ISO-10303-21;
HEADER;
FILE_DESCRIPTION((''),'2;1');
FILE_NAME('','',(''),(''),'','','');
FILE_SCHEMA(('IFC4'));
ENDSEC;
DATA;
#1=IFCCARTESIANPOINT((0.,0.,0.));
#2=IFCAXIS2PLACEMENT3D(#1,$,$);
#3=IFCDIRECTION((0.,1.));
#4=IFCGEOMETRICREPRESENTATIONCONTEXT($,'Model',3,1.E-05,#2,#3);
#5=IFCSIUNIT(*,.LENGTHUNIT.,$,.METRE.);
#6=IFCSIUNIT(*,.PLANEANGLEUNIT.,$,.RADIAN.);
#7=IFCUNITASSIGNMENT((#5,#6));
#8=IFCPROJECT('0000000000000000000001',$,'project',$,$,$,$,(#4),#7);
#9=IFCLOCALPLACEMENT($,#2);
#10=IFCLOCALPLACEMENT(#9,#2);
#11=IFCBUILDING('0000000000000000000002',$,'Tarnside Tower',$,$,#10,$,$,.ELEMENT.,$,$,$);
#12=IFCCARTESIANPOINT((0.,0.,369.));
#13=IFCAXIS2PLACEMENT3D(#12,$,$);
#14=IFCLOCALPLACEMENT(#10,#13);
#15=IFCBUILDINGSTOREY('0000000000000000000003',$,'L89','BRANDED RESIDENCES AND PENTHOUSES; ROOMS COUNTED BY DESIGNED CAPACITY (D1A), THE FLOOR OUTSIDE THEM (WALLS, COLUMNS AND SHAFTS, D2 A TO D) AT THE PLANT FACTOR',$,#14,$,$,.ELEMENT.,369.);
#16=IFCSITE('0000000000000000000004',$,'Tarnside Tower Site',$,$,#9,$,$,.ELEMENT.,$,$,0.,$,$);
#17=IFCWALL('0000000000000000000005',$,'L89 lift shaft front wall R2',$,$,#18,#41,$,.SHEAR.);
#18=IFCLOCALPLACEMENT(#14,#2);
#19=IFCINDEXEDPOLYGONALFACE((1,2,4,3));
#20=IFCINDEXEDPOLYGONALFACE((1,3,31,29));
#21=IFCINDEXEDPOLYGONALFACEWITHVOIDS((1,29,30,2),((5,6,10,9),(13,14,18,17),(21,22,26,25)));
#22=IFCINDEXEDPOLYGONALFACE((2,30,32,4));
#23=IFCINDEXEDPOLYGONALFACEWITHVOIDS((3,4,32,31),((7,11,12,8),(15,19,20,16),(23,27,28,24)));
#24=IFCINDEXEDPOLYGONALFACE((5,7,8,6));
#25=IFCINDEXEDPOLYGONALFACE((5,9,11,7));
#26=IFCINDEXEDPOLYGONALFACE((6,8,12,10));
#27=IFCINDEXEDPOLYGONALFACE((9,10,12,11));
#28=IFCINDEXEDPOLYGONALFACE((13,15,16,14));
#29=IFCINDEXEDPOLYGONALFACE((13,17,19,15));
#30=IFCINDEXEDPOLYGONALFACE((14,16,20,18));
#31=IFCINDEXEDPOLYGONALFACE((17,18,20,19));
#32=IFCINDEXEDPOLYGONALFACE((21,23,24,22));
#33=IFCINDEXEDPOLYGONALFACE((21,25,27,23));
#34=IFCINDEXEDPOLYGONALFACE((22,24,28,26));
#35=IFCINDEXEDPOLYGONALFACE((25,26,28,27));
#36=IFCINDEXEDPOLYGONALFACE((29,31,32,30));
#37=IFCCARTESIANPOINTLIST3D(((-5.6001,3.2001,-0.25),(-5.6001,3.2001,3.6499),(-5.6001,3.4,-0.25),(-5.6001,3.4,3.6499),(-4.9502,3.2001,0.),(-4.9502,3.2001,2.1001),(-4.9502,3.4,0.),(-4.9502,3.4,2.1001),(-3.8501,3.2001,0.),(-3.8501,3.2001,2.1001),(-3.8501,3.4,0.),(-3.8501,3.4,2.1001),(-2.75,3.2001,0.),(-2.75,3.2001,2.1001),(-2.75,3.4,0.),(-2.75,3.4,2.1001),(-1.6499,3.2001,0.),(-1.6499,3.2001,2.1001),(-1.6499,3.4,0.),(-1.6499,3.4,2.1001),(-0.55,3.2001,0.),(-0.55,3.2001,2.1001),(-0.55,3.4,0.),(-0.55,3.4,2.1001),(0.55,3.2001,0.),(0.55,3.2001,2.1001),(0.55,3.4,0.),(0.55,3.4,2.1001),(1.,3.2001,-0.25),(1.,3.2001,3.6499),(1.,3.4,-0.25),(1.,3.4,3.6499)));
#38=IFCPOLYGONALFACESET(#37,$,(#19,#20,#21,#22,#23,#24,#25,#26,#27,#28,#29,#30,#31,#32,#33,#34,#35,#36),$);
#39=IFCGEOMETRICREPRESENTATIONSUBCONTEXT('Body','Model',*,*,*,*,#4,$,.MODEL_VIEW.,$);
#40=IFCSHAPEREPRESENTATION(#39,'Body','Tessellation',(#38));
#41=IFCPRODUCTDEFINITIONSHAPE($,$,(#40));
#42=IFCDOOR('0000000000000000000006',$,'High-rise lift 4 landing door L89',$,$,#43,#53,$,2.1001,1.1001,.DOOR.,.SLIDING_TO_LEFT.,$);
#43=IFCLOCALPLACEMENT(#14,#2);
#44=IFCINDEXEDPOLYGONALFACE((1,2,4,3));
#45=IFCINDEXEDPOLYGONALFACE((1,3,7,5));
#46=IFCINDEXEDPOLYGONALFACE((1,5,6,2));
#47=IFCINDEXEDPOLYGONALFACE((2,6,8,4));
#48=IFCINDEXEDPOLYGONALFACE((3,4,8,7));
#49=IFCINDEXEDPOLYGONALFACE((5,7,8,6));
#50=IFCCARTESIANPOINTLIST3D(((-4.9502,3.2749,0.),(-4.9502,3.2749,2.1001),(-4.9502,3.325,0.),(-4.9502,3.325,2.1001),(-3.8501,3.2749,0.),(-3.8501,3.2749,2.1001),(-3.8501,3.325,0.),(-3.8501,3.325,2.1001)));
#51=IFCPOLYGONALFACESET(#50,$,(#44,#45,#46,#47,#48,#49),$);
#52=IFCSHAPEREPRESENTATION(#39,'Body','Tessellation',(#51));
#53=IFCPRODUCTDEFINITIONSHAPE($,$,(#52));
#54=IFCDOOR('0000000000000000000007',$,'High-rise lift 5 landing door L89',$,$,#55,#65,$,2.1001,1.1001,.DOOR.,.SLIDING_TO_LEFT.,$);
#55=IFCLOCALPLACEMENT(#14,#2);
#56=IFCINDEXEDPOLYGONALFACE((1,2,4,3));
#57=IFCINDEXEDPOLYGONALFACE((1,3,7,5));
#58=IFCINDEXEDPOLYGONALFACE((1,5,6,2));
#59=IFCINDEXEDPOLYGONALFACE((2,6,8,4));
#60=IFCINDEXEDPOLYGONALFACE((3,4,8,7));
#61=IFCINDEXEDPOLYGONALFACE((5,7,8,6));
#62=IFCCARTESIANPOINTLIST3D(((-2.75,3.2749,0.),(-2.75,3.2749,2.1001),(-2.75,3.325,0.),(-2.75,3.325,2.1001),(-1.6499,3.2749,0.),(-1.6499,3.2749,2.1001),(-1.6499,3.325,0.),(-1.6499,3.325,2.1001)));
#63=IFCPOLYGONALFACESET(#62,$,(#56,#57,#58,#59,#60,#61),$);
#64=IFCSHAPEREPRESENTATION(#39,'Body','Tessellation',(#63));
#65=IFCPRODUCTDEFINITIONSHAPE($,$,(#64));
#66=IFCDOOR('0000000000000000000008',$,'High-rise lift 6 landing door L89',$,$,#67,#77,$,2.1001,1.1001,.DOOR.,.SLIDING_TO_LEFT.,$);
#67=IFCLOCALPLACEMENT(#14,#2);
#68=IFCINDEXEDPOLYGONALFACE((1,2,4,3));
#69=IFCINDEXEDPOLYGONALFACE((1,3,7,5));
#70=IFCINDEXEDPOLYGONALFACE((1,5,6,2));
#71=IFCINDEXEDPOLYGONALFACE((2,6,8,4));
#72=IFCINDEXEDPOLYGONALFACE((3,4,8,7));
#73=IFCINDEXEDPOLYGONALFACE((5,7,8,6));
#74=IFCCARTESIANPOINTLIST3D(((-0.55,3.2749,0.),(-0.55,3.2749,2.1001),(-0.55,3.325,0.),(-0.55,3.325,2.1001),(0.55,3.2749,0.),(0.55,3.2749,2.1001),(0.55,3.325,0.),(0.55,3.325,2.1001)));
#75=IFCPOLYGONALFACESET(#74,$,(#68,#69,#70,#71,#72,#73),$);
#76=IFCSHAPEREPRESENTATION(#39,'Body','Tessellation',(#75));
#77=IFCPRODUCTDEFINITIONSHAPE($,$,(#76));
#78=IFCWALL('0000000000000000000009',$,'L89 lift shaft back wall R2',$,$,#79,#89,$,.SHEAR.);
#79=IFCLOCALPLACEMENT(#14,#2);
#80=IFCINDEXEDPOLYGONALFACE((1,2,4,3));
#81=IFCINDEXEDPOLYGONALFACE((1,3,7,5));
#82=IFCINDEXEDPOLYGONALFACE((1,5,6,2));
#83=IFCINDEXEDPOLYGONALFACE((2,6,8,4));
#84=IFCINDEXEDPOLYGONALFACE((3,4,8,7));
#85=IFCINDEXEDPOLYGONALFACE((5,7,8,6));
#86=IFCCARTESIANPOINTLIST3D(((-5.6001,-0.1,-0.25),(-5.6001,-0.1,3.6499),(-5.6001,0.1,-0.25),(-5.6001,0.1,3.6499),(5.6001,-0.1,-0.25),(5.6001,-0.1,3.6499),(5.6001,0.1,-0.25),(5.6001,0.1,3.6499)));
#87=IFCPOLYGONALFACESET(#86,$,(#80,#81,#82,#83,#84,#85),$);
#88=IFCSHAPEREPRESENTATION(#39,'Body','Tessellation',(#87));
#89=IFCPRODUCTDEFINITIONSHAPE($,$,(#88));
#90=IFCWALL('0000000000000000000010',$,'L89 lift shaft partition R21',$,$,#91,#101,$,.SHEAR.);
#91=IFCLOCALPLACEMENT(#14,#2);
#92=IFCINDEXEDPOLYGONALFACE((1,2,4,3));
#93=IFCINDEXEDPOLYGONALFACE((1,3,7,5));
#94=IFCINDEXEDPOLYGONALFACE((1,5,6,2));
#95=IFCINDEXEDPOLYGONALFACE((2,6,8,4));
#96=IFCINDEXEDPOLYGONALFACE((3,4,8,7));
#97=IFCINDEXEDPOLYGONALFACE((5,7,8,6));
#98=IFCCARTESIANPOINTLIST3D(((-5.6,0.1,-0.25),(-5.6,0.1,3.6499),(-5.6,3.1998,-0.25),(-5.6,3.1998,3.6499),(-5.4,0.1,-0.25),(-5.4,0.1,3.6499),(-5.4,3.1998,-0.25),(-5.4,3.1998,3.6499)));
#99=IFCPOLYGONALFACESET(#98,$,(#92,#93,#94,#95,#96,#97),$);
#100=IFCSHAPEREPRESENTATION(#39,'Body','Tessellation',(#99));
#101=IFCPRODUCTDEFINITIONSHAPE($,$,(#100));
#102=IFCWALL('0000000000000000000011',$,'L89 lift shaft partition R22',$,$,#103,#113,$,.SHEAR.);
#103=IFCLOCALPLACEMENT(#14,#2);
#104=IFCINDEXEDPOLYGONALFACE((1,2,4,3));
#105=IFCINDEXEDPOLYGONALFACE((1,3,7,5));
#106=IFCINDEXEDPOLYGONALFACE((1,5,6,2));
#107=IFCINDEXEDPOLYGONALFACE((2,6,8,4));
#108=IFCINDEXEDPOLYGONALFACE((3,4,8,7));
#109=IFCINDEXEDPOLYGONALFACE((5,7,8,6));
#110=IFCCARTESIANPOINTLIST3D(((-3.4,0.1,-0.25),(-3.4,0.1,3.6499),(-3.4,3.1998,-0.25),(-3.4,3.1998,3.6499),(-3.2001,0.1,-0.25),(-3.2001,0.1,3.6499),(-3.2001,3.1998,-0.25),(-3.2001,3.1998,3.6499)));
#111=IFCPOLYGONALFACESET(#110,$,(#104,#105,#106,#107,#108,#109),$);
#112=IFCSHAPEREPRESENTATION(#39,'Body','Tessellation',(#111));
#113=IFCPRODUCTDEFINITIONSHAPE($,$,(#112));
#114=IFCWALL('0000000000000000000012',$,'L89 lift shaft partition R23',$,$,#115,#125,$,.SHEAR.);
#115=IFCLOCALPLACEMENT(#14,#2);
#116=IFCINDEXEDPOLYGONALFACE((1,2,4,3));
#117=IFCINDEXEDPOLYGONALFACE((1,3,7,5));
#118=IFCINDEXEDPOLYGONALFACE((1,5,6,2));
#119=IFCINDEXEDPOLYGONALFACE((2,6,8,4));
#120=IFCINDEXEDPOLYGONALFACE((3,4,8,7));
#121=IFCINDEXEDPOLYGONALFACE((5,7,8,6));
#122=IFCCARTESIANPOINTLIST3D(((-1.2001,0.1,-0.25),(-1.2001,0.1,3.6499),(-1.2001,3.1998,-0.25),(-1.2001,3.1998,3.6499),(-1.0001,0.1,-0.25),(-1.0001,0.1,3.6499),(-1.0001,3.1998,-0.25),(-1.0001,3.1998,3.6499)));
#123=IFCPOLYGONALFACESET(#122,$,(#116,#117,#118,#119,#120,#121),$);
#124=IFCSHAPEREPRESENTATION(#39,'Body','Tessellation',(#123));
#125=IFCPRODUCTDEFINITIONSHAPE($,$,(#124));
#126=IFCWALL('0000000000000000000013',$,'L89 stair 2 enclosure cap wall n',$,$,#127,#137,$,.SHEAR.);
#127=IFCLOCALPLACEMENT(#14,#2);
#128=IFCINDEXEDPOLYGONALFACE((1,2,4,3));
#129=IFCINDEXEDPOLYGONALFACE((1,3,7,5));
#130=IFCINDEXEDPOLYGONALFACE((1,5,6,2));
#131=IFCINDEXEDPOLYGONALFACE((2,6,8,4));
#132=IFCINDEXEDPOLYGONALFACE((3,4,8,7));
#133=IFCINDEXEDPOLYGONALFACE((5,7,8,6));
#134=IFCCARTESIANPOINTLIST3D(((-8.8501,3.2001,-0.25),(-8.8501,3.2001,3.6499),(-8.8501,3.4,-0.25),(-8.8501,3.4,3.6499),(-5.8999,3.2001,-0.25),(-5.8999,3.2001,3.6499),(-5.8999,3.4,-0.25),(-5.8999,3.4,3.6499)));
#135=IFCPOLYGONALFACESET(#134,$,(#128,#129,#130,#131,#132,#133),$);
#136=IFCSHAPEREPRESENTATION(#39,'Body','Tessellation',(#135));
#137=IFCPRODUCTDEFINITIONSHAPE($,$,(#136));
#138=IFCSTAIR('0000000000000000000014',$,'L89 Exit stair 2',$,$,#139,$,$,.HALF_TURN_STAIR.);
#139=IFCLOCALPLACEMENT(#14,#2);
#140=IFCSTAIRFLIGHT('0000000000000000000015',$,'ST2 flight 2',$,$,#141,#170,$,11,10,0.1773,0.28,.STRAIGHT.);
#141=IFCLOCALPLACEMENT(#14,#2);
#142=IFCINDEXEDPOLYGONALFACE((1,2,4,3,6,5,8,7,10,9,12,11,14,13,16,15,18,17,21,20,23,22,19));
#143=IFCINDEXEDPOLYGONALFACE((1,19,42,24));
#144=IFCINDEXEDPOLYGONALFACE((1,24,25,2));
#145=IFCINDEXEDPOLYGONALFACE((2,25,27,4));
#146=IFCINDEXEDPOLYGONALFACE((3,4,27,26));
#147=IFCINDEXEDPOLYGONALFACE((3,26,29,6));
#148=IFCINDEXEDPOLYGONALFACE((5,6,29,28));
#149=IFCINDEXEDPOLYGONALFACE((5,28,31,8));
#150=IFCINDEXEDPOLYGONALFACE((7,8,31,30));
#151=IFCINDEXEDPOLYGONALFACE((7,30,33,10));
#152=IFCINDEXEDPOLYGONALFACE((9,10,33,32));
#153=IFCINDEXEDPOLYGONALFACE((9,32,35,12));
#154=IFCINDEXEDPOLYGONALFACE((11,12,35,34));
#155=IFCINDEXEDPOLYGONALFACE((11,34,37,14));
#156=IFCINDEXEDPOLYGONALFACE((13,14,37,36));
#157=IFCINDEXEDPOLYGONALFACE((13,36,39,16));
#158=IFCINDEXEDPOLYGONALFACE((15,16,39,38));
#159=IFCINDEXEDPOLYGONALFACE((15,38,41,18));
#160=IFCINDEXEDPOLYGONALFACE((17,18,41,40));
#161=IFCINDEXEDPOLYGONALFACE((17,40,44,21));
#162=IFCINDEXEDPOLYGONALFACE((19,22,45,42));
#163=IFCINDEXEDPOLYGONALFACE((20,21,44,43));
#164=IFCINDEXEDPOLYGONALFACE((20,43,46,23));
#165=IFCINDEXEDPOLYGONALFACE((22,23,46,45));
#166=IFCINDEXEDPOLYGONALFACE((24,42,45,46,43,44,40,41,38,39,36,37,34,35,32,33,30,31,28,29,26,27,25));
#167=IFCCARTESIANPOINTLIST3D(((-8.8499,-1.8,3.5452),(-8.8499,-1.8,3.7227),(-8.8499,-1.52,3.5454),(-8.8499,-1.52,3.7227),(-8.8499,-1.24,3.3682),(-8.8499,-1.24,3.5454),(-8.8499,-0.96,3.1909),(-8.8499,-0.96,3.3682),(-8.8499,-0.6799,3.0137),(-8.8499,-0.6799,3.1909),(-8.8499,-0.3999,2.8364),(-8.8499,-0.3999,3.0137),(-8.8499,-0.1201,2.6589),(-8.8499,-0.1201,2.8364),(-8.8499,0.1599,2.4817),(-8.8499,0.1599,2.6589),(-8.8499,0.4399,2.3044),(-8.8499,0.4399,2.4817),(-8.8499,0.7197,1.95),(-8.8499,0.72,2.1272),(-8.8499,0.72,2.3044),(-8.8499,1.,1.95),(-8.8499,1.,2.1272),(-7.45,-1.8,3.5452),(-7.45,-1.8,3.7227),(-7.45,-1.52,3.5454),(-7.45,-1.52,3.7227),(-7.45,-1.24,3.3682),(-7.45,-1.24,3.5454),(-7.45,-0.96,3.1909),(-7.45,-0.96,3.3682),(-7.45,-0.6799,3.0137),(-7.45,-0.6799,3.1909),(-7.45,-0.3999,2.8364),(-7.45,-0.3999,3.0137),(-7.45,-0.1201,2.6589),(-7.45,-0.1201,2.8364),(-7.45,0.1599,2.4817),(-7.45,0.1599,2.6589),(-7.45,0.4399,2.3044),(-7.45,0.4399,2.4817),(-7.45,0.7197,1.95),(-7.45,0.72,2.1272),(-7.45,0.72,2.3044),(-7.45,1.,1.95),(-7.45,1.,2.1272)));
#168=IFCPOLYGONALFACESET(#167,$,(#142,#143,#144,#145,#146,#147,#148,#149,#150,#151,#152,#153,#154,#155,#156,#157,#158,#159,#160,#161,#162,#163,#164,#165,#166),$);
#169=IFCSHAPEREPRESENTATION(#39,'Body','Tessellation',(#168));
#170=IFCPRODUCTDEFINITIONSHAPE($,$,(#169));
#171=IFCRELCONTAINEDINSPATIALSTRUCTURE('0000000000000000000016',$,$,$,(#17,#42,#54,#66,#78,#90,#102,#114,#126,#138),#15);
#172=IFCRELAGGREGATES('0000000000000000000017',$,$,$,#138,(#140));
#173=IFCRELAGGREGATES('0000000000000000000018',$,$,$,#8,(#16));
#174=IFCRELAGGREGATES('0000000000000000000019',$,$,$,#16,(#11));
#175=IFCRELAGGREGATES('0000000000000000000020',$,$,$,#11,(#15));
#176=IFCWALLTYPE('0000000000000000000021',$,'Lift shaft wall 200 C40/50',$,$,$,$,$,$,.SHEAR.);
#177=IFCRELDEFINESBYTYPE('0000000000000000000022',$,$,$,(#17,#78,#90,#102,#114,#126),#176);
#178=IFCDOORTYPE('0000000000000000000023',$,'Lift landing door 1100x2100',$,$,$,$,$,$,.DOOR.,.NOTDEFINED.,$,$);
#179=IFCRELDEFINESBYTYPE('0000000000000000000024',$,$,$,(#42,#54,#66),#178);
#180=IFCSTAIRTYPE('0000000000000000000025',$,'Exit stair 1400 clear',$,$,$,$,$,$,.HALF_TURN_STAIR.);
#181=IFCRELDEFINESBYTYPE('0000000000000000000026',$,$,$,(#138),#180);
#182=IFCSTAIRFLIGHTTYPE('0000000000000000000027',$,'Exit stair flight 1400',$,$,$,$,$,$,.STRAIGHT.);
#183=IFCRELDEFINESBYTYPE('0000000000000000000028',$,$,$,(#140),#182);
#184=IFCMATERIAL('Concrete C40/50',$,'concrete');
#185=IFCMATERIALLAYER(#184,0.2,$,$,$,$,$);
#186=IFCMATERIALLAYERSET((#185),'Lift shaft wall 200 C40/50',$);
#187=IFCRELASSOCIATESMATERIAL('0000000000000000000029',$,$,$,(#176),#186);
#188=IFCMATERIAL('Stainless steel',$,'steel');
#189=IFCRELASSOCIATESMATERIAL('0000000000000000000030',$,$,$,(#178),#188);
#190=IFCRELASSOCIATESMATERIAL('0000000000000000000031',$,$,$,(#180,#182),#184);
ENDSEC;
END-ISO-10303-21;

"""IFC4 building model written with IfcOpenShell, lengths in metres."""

from ifc_helpers import new_model, si_unit, direction, frame, frame_2d, origin, place, context, subcontext, project, spatial, polyline, rectangle, outline, extrude, material, layer, layer_set, type_object, element, fill, aggregate, save


model = new_model("IFC4")

# Units and contexts
model_context = context("Model", 3, precision=1e-05, world=origin(), true_north=direction((0.0, 1.0)))
body_context = subcontext(model_context, "Body", "Model", "MODEL_VIEW")
ifc_project = project(units=[si_unit("LENGTHUNIT", "METRE"), si_unit("PLANEANGLEUNIT", "RADIAN")], contexts=[model_context])

# Site, building, storey
site_placement = place(None, origin())
site = spatial("IfcSite", under=ifc_project, at=site_placement, Name="Tarnside Tower Site", CompositionType="ELEMENT", RefElevation=0.0)
building_placement = place(site_placement, origin())
building = spatial("IfcBuilding", under=site, at=building_placement, Name="Tarnside Tower", CompositionType="ELEMENT")
storey_placement = place(building_placement, frame((0.0, 0.0, 369.0)))
storey = spatial("IfcBuildingStorey", under=building, at=storey_placement, Name="L89", Description="BRANDED RESIDENCES AND PENTHOUSES; ROOMS COUNTED BY DESIGNED CAPACITY (D1A), THE FLOOR OUTSIDE THEM (WALLS, COLUMNS AND SHAFTS, D2 A TO D) AT THE PLANT FACTOR", CompositionType="ELEMENT", Elevation=369.0)

# Wall, openings, doors
ifc_material_1 = material(Name="Concrete C40/50", Category="concrete")
ifc_layer_1 = layer(ifc_material_1, 0.2)
ifc_layer_set_1 = layer_set([ifc_layer_1], Name="Lift shaft wall 200 C40/50")
wall_type_1 = type_object("IfcWallType", Name="Lift shaft wall 200 C40/50", PredefinedType="SHEAR", material=ifc_layer_set_1)
wall_1_placement = place(storey_placement, frame((-5.6001, 3.3, -0.25), z_axis=(0.0, 0.0, 1.0), x_axis=(1.0, 0.0, 0.0)))
wall_1 = element("IfcWall", 1, at=wall_1_placement, inside=storey, type_object=wall_type_1, Name="L89 lift shaft front wall R2", PredefinedType="SHEAR", context=body_context, shape_type="SweptSolid", body=[
    extrude(rectangle(XDim=6.6001, YDim=0.2, at=frame_2d((3.3, 0.0))), origin(), (0.0, 0.0, 1.0), 3.8999),
])
opening_1_placement = place(wall_1_placement, frame((0.6499, 0.0, 0.25)))
opening_1 = element("IfcOpeningElement", 2, at=opening_1_placement, cuts=wall_1, PredefinedType="OPENING", context=body_context, shape_type="SweptSolid", body=[
    extrude(rectangle(XDim=1.1001, YDim=2.1001, at=frame_2d((0.55, 1.05))), frame((0.0, 0.1099, 0.0), z_axis=(0.0, -1.0, 0.0), x_axis=(1.0, 0.0, 0.0)), (0.0, 0.0, 1.0), 0.22),
])
opening_2_placement = place(wall_1_placement, frame((2.8501, 0.0, 0.25)))
opening_2 = element("IfcOpeningElement", 3, at=opening_2_placement, cuts=wall_1, PredefinedType="OPENING", context=body_context, shape_type="SweptSolid", body=[
    extrude(rectangle(XDim=1.1001, YDim=2.1001, at=frame_2d((0.55, 1.05))), frame((0.0, 0.1099, 0.0), z_axis=(0.0, -1.0, 0.0), x_axis=(1.0, 0.0, 0.0)), (0.0, 0.0, 1.0), 0.22),
])
opening_3_placement = place(wall_1_placement, frame((5.05, 0.0, 0.25)))
opening_3 = element("IfcOpeningElement", 4, at=opening_3_placement, cuts=wall_1, PredefinedType="OPENING", context=body_context, shape_type="SweptSolid", body=[
    extrude(rectangle(XDim=1.1001, YDim=2.1001, at=frame_2d((0.55, 1.05))), frame((0.0, 0.1099, 0.0), z_axis=(0.0, -1.0, 0.0), x_axis=(1.0, 0.0, 0.0)), (0.0, 0.0, 1.0), 0.22),
])
ifc_material_2 = material(Name="Stainless steel", Category="steel")
door_type_1 = type_object("IfcDoorType", Name="Lift landing door 1100x2100", OperationType="NOTDEFINED", PredefinedType="DOOR", material=ifc_material_2)
door_1_placement = place(opening_1_placement, origin())
door_1 = element("IfcDoor", 5, at=door_1_placement, inside=storey, type_object=door_type_1, Name="High-rise lift 4 landing door L89", OperationType="SLIDING_TO_LEFT", OverallHeight=2.1001, OverallWidth=1.1001, PredefinedType="DOOR", context=body_context, shape_type="SweptSolid", body=[
    extrude(rectangle(XDim=1.1001, YDim=2.1001, at=frame_2d((0.55, 1.05))), frame((0.0, 0.0249, 0.0), z_axis=(0.0, -1.0, 0.0), x_axis=(1.0, 0.0, 0.0)), (0.0, 0.0, 1.0), 0.05),
])
fill(opening_1, door_1)
door_2_placement = place(opening_2_placement, origin())
door_2 = element("IfcDoor", 6, at=door_2_placement, inside=storey, type_object=door_type_1, Name="High-rise lift 5 landing door L89", OperationType="SLIDING_TO_LEFT", OverallHeight=2.1001, OverallWidth=1.1001, PredefinedType="DOOR", context=body_context, shape_type="SweptSolid", body=[
    extrude(rectangle(XDim=1.1001, YDim=2.1001, at=frame_2d((0.55, 1.05))), frame((0.0, 0.0249, 0.0), z_axis=(0.0, -1.0, 0.0), x_axis=(1.0, 0.0, 0.0)), (0.0, 0.0, 1.0), 0.05),
])
fill(opening_2, door_2)
door_3_placement = place(opening_3_placement, origin())
door_3 = element("IfcDoor", 7, at=door_3_placement, inside=storey, type_object=door_type_1, Name="High-rise lift 6 landing door L89", OperationType="SLIDING_TO_LEFT", OverallHeight=2.1001, OverallWidth=1.1001, PredefinedType="DOOR", context=body_context, shape_type="SweptSolid", body=[
    extrude(rectangle(XDim=1.1001, YDim=2.1001, at=frame_2d((0.55, 1.05))), frame((0.0, 0.0249, 0.0), z_axis=(0.0, -1.0, 0.0), x_axis=(1.0, 0.0, 0.0)), (0.0, 0.0, 1.0), 0.05),
])
fill(opening_3, door_3)

# Walls
wall_2_placement = place(storey_placement, frame((-5.6001, 0.0, -0.25), z_axis=(0.0, 0.0, 1.0), x_axis=(1.0, 0.0, 0.0)))
element("IfcWall", 8, at=wall_2_placement, inside=storey, type_object=wall_type_1, Name="L89 lift shaft back wall R2", PredefinedType="SHEAR", context=body_context, shape_type="SweptSolid", body=[
    extrude(rectangle(XDim=11.2002, YDim=0.2, at=frame_2d((5.6001, 0.0))), origin(), (0.0, 0.0, 1.0), 3.8999),
])
for number, where, z_axis, x_axis, name in (
    (9, (-5.5, 0.1001, -0.25), (0.0, 0.0, 1.0), (0.0, 1.0, 0.0), "L89 lift shaft partition R21"),
    (10, (-3.3, 0.1001, -0.25), (0.0, 0.0, 1.0), (0.0, 1.0, 0.0), "L89 lift shaft partition R22"),
    (11, (-1.1001, 0.1001, -0.25), (0.0, 0.0, 1.0), (0.0, 1.0, 0.0), "L89 lift shaft partition R23"),
):
    element("IfcWall", number, at=place(storey_placement, frame(where, z_axis=z_axis, x_axis=x_axis)), inside=storey, type_object=wall_type_1, Name=name, PredefinedType="SHEAR", context=body_context, shape_type="SweptSolid", body=[
        extrude(rectangle(XDim=3.0999, YDim=0.2, at=frame_2d((1.5498, 0.0))), origin(), (0.0, 0.0, 1.0), 3.8999),
    ])
wall_3_placement = place(storey_placement, frame((-8.8501, 3.3, -0.25), z_axis=(0.0, 0.0, 1.0), x_axis=(1.0, 0.0, 0.0)))
element("IfcWall", 12, at=wall_3_placement, inside=storey, type_object=wall_type_1, Name="L89 stair 2 enclosure cap wall n", PredefinedType="SHEAR", context=body_context, shape_type="SweptSolid", body=[
    extrude(rectangle(XDim=2.9502, YDim=0.2, at=frame_2d((1.4751, 0.0))), origin(), (0.0, 0.0, 1.0), 3.8999),
])

# Stair, stair flight
stair_type = type_object("IfcStairType", Name="Exit stair 1400 clear", PredefinedType="HALF_TURN_STAIR", material=ifc_material_1)
stair_placement = place(storey_placement, origin())
stair = element("IfcStair", 13, at=stair_placement, inside=storey, type_object=stair_type, Name="L89 Exit stair 2", PredefinedType="HALF_TURN_STAIR")
stair_flight_type = type_object("IfcStairFlightType", Name="Exit stair flight 1400", PredefinedType="STRAIGHT", material=ifc_material_1)
stair_flight_placement = place(storey_placement, frame((-8.1499, 1.0, 1.95), z_axis=(0.0, 0.0, 1.0), x_axis=(0.0, -1.0, 0.0)))
stair_flight = element("IfcStairFlight", 14, at=stair_flight_placement, type_object=stair_flight_type, Name="ST2 flight 2", NumberOfRisers=11, NumberOfTreads=10, PredefinedType="STRAIGHT", RiserHeight=0.1773, TreadLength=0.28, context=body_context, shape_type="SweptSolid", body=[
    extrude(outline(polyline([(0.0, 0.0), (0.0, 0.1772), (0.28, 0.1772), (0.28, 0.3545), (0.5601, 0.3545), (0.5601, 0.5317), (0.8401, 0.5317), (0.8401, 0.709), (1.1201, 0.709), (1.1201, 0.8865), (1.3999, 0.8865), (1.3999, 1.0637), (1.6799, 1.0637), (1.6799, 1.241), (1.96, 1.241), (1.96, 1.4182), (2.24, 1.4182), (2.24, 1.5955), (2.52, 1.5955), (2.52, 1.7727), (2.8, 1.7727), (2.8, 1.95), (2.8, 1.5952), (0.2803, 0.0), (0.0, 0.0)])), frame((0.0, 0.7, 0.0), z_axis=(0.0, -1.0, 0.0), x_axis=(1.0, 0.0, 0.0)), (0.0, 0.0, 1.0), 1.3999),
])
aggregate(stair, [stair_flight])

save(model, "model.ifc")
